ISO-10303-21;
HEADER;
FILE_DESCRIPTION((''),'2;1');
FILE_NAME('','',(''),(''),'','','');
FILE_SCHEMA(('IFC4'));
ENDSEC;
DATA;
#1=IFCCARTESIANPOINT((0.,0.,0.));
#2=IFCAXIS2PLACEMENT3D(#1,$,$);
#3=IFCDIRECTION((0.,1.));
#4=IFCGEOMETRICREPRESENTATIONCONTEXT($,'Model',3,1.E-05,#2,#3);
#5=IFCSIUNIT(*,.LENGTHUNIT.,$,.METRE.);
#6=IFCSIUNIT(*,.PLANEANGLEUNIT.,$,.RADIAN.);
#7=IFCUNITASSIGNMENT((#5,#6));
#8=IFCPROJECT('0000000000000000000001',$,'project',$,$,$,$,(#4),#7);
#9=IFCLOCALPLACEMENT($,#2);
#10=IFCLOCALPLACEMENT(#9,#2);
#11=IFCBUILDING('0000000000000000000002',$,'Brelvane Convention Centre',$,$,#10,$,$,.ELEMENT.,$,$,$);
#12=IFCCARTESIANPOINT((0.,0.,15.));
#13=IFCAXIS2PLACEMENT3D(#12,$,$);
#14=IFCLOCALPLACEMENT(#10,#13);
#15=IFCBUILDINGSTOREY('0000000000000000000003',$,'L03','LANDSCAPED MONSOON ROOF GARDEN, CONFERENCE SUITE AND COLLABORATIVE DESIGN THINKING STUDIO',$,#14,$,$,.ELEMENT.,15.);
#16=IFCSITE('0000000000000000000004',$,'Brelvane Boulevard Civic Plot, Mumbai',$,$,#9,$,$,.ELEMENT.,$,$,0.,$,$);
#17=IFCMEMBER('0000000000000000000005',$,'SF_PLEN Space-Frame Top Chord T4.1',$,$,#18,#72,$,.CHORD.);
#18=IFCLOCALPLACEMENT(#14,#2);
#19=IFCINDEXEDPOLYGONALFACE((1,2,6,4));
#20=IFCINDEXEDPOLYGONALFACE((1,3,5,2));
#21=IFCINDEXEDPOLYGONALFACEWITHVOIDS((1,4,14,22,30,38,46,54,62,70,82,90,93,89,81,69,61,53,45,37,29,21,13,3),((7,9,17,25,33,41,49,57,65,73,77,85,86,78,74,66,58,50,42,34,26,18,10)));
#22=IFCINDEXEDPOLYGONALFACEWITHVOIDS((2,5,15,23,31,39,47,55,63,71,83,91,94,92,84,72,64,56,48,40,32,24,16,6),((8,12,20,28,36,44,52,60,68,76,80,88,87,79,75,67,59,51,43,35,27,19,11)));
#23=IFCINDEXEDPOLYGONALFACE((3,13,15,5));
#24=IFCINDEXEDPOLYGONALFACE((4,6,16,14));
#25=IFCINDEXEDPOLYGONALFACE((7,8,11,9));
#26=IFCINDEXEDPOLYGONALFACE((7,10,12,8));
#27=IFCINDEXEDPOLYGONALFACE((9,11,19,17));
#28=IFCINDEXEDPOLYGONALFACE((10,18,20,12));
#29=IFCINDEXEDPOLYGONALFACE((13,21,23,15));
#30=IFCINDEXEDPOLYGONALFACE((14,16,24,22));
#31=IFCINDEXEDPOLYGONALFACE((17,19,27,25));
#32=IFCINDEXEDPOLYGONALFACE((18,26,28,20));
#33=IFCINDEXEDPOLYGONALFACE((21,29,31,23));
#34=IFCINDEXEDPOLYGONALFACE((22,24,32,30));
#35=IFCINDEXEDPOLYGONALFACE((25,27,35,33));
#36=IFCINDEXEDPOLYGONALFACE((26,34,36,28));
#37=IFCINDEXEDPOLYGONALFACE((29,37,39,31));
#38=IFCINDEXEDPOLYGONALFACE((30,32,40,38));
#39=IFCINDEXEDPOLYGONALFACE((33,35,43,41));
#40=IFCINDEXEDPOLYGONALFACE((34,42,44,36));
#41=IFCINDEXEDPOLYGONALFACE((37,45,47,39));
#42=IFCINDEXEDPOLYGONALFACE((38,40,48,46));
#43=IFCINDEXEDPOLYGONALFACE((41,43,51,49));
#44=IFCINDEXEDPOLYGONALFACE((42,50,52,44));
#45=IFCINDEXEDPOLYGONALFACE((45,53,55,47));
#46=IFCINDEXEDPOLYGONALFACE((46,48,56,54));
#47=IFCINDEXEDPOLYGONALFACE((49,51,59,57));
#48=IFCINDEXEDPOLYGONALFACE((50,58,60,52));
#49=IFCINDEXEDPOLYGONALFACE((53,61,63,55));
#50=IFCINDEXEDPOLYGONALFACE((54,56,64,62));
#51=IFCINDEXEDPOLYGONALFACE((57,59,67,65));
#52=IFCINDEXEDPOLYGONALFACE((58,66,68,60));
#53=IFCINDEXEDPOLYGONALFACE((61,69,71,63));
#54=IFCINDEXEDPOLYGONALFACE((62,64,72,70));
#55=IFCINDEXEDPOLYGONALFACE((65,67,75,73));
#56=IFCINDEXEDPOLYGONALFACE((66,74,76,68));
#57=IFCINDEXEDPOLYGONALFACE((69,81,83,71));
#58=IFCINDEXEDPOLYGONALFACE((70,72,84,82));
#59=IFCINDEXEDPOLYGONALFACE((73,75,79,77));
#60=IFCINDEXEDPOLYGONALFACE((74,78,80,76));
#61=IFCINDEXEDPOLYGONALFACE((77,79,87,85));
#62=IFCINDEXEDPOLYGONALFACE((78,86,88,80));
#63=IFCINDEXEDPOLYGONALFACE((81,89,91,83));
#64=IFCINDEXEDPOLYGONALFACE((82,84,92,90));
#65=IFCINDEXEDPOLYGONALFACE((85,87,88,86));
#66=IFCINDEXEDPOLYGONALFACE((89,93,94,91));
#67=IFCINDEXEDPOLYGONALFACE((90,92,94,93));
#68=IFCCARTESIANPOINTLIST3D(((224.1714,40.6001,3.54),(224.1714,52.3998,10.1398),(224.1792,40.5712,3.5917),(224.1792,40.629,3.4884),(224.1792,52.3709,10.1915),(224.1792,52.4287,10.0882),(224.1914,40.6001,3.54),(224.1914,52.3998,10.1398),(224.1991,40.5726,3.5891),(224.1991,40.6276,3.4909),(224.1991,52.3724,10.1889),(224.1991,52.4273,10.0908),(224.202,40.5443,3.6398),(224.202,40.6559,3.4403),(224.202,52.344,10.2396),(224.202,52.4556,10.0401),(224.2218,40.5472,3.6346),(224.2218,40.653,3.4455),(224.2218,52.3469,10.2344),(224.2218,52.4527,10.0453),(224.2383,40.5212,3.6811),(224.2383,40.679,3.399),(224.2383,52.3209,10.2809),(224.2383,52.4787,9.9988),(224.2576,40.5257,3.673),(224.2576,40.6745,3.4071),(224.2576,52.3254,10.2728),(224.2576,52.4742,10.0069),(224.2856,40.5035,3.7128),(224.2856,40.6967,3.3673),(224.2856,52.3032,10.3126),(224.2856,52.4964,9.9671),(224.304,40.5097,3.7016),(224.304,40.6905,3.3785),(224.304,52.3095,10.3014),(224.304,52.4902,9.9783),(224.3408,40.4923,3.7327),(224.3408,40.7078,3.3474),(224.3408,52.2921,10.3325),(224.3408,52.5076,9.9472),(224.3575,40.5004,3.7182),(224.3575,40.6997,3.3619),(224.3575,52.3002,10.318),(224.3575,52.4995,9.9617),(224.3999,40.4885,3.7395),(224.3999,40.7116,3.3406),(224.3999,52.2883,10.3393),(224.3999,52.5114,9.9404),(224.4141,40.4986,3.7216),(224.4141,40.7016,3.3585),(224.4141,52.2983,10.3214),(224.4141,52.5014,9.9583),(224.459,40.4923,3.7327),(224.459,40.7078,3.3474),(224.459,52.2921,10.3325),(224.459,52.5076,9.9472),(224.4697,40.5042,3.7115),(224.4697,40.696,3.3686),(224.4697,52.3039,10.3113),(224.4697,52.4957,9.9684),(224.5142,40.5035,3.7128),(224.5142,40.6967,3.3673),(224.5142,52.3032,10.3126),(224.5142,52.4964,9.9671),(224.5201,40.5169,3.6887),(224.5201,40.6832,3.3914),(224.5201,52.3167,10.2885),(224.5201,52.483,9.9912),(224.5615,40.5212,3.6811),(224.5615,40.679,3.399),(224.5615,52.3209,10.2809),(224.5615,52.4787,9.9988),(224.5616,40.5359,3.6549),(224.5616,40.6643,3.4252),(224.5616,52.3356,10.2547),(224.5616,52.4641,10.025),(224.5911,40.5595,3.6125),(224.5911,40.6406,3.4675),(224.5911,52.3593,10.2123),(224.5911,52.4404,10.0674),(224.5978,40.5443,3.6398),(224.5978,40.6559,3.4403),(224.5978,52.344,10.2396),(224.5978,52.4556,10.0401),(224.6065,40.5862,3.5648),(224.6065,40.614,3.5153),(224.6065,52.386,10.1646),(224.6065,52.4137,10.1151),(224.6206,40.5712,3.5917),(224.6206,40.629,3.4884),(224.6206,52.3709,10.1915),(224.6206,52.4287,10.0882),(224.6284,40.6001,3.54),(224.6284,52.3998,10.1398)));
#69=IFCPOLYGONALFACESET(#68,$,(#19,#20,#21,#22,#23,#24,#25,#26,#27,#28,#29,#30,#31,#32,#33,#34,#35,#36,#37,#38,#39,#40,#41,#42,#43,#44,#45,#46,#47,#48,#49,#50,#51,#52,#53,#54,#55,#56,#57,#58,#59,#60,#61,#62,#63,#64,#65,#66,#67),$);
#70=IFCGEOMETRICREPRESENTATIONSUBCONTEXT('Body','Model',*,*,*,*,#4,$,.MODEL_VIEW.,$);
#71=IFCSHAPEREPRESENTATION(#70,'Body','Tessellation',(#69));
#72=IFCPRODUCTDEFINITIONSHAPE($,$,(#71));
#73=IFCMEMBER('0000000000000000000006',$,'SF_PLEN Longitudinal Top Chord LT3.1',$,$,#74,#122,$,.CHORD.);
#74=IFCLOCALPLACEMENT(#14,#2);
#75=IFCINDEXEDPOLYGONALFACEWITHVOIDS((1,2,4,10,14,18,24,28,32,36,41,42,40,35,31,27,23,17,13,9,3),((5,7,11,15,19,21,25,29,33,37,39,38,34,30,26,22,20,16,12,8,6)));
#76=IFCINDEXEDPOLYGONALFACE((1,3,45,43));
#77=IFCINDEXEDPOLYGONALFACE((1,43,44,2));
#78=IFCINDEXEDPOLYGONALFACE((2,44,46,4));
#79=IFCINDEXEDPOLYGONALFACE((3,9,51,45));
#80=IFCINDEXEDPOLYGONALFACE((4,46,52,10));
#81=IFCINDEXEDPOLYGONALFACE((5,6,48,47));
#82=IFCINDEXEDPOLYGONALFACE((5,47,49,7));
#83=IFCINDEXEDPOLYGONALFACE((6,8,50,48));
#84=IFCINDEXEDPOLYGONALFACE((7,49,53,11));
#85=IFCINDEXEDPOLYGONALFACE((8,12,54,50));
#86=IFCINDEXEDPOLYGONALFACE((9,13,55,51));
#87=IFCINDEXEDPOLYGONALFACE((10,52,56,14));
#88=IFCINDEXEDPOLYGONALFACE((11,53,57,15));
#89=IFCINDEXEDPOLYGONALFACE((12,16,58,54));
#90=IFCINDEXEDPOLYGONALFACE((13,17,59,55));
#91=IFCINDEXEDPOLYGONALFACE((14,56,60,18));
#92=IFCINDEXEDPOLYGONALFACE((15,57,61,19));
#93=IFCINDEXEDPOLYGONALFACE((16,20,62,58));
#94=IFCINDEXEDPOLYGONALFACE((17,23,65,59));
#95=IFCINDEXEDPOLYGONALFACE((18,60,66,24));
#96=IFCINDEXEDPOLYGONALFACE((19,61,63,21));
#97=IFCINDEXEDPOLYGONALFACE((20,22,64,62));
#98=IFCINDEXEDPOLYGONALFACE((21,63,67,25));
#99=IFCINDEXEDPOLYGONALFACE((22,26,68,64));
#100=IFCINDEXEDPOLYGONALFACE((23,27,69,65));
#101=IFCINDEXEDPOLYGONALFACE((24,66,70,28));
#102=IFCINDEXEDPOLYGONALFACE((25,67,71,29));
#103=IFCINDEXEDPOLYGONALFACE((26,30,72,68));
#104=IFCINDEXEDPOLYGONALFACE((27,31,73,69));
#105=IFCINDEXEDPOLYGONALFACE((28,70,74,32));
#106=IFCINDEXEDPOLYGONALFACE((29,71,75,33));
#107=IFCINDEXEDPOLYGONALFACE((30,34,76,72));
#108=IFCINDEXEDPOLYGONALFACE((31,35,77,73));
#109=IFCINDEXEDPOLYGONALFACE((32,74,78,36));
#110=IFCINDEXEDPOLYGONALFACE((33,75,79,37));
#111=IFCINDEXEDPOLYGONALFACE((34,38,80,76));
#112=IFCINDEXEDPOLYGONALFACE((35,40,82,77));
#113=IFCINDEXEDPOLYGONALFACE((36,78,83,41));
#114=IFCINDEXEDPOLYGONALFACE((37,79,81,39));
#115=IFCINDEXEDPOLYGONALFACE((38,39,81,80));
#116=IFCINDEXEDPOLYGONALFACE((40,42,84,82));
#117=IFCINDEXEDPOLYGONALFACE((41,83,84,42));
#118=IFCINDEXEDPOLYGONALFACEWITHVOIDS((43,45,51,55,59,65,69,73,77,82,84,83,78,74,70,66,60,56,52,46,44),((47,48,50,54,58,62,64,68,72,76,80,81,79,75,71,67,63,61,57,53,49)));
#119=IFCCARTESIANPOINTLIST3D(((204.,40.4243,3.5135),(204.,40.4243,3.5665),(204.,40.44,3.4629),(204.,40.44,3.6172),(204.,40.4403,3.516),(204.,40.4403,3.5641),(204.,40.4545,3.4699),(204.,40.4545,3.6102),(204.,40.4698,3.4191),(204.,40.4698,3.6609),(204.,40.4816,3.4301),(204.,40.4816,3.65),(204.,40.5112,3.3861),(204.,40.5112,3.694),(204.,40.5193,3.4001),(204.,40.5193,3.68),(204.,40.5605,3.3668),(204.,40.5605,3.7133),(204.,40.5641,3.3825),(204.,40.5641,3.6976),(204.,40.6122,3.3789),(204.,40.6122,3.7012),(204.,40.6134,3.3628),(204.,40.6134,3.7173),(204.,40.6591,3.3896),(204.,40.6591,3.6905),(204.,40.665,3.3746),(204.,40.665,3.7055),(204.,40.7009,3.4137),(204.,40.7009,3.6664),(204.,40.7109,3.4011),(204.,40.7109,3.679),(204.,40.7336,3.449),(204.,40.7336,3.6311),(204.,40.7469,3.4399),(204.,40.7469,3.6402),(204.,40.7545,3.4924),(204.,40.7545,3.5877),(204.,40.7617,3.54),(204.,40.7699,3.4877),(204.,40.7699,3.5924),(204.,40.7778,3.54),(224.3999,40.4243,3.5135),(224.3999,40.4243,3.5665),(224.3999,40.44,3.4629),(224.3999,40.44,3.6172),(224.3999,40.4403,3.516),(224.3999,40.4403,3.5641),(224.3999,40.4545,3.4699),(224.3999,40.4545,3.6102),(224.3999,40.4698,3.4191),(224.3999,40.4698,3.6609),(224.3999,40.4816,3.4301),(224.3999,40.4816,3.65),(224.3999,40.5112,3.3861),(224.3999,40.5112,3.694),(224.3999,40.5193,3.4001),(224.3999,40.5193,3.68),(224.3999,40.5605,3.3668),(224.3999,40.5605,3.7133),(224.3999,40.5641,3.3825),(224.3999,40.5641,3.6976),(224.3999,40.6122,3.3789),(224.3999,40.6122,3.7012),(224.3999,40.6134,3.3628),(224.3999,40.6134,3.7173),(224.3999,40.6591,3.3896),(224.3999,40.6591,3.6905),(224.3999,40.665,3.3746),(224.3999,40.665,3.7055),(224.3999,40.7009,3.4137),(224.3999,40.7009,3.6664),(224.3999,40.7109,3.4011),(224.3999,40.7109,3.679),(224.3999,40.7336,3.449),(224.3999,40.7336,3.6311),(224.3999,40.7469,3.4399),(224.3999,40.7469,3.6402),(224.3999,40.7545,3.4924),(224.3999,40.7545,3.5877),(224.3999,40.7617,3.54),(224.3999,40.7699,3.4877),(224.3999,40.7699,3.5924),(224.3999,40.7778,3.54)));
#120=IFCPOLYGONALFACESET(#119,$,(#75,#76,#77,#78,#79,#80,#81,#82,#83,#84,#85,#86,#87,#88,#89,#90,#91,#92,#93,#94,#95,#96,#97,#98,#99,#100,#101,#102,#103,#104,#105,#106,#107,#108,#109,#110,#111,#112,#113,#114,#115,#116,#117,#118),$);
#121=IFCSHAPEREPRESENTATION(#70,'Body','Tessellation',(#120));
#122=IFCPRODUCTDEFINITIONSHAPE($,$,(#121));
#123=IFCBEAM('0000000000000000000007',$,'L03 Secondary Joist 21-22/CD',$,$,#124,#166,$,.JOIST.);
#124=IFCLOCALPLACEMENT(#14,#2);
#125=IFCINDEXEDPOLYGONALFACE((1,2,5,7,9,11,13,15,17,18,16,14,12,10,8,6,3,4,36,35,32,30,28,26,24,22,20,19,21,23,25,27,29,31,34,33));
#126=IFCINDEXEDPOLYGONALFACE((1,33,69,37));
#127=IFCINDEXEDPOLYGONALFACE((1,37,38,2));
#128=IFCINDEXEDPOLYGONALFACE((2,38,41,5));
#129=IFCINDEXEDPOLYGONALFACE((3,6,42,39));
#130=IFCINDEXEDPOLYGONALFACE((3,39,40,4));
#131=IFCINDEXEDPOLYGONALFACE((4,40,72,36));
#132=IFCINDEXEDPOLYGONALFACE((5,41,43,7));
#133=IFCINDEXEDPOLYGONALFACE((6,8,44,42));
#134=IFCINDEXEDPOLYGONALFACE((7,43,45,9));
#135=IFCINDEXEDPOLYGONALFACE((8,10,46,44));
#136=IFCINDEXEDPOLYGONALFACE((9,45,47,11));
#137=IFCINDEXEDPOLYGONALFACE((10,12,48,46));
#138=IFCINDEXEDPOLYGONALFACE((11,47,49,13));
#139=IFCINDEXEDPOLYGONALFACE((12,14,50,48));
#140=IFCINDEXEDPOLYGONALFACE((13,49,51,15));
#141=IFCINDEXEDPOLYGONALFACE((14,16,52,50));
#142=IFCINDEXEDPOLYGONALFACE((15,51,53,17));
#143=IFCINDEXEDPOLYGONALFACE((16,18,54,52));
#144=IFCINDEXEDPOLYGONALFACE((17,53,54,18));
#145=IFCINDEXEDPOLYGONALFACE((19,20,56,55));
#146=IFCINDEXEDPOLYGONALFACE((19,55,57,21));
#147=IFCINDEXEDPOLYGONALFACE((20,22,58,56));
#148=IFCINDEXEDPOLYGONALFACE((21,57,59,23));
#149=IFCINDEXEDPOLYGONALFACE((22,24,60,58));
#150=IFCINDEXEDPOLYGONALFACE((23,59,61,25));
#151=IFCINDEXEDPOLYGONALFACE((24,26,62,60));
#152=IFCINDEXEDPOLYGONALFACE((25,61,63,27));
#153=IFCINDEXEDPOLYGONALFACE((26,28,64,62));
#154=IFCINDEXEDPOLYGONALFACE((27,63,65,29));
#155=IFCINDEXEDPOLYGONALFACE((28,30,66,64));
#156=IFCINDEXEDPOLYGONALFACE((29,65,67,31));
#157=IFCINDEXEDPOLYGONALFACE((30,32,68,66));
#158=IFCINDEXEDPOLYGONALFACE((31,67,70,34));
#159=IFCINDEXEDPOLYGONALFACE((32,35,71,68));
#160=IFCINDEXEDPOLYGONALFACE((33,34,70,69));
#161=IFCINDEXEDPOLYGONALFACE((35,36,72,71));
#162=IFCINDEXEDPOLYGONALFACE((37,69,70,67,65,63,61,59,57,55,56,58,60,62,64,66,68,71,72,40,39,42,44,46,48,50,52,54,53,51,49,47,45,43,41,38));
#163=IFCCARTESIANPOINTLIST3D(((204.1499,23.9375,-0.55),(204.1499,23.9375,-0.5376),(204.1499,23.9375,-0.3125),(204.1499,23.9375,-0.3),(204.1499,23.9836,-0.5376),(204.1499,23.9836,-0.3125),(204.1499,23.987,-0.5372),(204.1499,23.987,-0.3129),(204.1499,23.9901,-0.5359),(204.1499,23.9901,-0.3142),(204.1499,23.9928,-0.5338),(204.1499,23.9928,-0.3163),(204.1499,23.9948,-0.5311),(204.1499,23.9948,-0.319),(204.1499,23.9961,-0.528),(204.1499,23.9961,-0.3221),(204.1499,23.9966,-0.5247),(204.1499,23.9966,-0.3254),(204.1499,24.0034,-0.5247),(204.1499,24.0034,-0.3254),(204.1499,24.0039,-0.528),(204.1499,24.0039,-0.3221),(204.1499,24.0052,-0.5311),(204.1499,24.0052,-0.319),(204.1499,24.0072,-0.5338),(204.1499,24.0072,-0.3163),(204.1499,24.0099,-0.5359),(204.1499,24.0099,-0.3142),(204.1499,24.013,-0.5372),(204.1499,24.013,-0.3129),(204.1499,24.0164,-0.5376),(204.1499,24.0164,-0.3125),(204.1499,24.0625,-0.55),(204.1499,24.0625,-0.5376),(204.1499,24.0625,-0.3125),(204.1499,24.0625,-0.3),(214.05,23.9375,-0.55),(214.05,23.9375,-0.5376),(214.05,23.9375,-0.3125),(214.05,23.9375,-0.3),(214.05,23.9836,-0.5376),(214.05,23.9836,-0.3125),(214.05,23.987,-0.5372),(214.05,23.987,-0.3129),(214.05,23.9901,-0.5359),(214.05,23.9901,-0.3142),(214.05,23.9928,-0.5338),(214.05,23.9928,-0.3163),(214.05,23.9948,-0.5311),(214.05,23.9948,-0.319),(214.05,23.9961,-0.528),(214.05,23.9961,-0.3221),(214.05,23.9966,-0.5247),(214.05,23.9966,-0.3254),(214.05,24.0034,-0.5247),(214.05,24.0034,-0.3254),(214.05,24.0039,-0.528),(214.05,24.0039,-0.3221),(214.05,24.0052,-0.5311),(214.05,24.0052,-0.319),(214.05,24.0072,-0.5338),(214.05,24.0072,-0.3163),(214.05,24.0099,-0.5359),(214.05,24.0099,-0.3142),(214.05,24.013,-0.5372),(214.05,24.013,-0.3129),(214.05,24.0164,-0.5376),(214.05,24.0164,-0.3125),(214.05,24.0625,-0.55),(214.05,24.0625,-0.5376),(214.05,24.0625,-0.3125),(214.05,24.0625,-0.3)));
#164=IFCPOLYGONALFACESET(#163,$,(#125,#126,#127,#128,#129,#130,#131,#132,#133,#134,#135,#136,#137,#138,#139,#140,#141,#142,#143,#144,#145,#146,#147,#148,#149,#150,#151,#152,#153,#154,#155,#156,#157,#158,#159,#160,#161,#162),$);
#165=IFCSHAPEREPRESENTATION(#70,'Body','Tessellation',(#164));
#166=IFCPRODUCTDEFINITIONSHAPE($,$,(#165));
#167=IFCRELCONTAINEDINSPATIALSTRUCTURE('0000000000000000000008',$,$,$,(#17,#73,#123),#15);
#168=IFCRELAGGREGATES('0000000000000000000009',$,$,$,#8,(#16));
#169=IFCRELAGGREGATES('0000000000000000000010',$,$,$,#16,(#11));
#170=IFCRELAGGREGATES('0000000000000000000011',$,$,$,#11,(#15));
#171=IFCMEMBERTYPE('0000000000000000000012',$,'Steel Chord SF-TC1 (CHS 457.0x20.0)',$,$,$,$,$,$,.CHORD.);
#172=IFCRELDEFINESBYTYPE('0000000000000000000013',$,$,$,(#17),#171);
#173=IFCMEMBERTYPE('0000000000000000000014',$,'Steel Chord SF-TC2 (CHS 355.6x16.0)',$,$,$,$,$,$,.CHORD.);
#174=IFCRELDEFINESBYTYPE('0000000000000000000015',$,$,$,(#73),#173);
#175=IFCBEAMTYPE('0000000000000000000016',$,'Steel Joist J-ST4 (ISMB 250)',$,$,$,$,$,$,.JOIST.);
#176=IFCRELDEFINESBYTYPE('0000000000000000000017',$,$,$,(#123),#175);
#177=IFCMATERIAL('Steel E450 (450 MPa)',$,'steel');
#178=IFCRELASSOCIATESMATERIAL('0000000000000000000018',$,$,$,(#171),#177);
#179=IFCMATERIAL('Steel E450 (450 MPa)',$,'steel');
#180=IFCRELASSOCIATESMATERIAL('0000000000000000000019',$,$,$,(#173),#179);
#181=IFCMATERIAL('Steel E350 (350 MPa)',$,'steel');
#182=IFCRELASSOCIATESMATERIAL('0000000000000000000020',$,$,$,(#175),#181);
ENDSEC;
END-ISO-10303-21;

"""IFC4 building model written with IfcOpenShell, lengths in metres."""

from ifc_helpers import new_model, si_unit, direction, frame, origin, origin_2d, place, context, subcontext, project, spatial, hollow_circle, i_section, extrude, material, material_profile, profile_set, type_object, element, save


model = new_model("IFC4")

# Units and contexts
model_context = context("Model", 3, precision=1e-05, world=origin(), true_north=direction((0.0, 1.0)))
body_context = subcontext(model_context, "Body", "Model", "MODEL_VIEW")
ifc_project = project(units=[si_unit("LENGTHUNIT", "METRE"), si_unit("PLANEANGLEUNIT", "RADIAN")], contexts=[model_context])

# Site, building, storey
site_placement = place(None, origin())
site = spatial("IfcSite", under=ifc_project, at=site_placement, Name="Brelvane Boulevard Civic Plot, Mumbai", CompositionType="ELEMENT", RefElevation=0.0)
building_placement = place(site_placement, origin())
building = spatial("IfcBuilding", under=site, at=building_placement, Name="Brelvane Convention Centre", CompositionType="ELEMENT")
storey_placement = place(building_placement, frame((0.0, 0.0, 15.0)))
storey = spatial("IfcBuildingStorey", under=building, at=storey_placement, Name="L03", Description="LANDSCAPED MONSOON ROOF GARDEN, CONFERENCE SUITE AND COLLABORATIVE DESIGN THINKING STUDIO", CompositionType="ELEMENT", Elevation=15.0)

# Members
ifc_material_1 = material(Name="Steel E450 (450 MPa)", Category="steel")
ifc_material_profile_1 = material_profile(ifc_material_1, hollow_circle(Radius=0.2285, WallThickness=0.02, at=origin_2d()), Name="CHS 457.0x20.0")
ifc_profile_set_1 = profile_set([ifc_material_profile_1], Name="Steel E450 (450 MPa)")
member_type_1 = type_object("IfcMemberType", Name="Steel Chord SF-TC1 (CHS 457.0x20.0)", PredefinedType="CHORD", material=ifc_profile_set_1)
member_1_placement = place(storey_placement, frame((224.3999, 40.6001, 3.54), z_axis=(0.0, 0.872759, 0.488151), x_axis=(-1.0, 0.0, 0.0)))
element("IfcMember", 1, at=member_1_placement, inside=storey, type_object=member_type_1, Name="SF_PLEN Space-Frame Top Chord T4.1", PredefinedType="CHORD", context=body_context, shape_type="SweptSolid", body=[
    extrude(hollow_circle(Radius=0.2285, WallThickness=0.02, at=origin_2d()), origin(), (0.0, 0.0, 1.0), 13.52),
])
ifc_material_2 = material(Name="Steel E450 (450 MPa)", Category="steel")
ifc_material_profile_2 = material_profile(ifc_material_2, hollow_circle(Radius=0.1777, WallThickness=0.0161, at=origin_2d()), Name="CHS 355.6x16.0")
ifc_profile_set_2 = profile_set([ifc_material_profile_2], Name="Steel E450 (450 MPa)")
member_type_2 = type_object("IfcMemberType", Name="Steel Chord SF-TC2 (CHS 355.6x16.0)", PredefinedType="CHORD", material=ifc_profile_set_2)
member_2_placement = place(storey_placement, frame((204.0, 40.6001, 3.54), z_axis=(1.0, 0.0, 0.0), x_axis=(0.0, 1.0, 0.0)))
element("IfcMember", 2, at=member_2_placement, inside=storey, type_object=member_type_2, Name="SF_PLEN Longitudinal Top Chord LT3.1", PredefinedType="CHORD", context=body_context, shape_type="SweptSolid", body=[
    extrude(hollow_circle(Radius=0.1777, WallThickness=0.0161, at=origin_2d()), origin(), (0.0, 0.0, 1.0), 20.3999),
])

# Beam
ifc_material_3 = material(Name="Steel E350 (350 MPa)", Category="steel")
ifc_material_profile_3 = material_profile(ifc_material_3, i_section(OverallWidth=0.125, OverallDepth=0.25, WebThickness=0.0068, FlangeThickness=0.0125, FilletRadius=0.0129, at=origin_2d()), Name="ISMB 250")
ifc_profile_set_3 = profile_set([ifc_material_profile_3], Name="Steel E350 (350 MPa)")
beam_type_1 = type_object("IfcBeamType", Name="Steel Joist J-ST4 (ISMB 250)", PredefinedType="JOIST", material=ifc_profile_set_3)
beam_1_placement = place(storey_placement, frame((204.1499, 24.0, -0.425), z_axis=(1.0, 0.0, 0.0), x_axis=(0.0, 1.0, 0.0)))
element("IfcBeam", 3, at=beam_1_placement, inside=storey, type_object=beam_type_1, Name="L03 Secondary Joist 21-22/CD", PredefinedType="JOIST", context=body_context, shape_type="SweptSolid", body=[
    extrude(i_section(OverallWidth=0.125, OverallDepth=0.25, WebThickness=0.0068, FlangeThickness=0.0125, FilletRadius=0.0129, at=origin_2d()), origin(), (0.0, 0.0, 1.0), 9.9001),
])

save(model, "model.ifc")
